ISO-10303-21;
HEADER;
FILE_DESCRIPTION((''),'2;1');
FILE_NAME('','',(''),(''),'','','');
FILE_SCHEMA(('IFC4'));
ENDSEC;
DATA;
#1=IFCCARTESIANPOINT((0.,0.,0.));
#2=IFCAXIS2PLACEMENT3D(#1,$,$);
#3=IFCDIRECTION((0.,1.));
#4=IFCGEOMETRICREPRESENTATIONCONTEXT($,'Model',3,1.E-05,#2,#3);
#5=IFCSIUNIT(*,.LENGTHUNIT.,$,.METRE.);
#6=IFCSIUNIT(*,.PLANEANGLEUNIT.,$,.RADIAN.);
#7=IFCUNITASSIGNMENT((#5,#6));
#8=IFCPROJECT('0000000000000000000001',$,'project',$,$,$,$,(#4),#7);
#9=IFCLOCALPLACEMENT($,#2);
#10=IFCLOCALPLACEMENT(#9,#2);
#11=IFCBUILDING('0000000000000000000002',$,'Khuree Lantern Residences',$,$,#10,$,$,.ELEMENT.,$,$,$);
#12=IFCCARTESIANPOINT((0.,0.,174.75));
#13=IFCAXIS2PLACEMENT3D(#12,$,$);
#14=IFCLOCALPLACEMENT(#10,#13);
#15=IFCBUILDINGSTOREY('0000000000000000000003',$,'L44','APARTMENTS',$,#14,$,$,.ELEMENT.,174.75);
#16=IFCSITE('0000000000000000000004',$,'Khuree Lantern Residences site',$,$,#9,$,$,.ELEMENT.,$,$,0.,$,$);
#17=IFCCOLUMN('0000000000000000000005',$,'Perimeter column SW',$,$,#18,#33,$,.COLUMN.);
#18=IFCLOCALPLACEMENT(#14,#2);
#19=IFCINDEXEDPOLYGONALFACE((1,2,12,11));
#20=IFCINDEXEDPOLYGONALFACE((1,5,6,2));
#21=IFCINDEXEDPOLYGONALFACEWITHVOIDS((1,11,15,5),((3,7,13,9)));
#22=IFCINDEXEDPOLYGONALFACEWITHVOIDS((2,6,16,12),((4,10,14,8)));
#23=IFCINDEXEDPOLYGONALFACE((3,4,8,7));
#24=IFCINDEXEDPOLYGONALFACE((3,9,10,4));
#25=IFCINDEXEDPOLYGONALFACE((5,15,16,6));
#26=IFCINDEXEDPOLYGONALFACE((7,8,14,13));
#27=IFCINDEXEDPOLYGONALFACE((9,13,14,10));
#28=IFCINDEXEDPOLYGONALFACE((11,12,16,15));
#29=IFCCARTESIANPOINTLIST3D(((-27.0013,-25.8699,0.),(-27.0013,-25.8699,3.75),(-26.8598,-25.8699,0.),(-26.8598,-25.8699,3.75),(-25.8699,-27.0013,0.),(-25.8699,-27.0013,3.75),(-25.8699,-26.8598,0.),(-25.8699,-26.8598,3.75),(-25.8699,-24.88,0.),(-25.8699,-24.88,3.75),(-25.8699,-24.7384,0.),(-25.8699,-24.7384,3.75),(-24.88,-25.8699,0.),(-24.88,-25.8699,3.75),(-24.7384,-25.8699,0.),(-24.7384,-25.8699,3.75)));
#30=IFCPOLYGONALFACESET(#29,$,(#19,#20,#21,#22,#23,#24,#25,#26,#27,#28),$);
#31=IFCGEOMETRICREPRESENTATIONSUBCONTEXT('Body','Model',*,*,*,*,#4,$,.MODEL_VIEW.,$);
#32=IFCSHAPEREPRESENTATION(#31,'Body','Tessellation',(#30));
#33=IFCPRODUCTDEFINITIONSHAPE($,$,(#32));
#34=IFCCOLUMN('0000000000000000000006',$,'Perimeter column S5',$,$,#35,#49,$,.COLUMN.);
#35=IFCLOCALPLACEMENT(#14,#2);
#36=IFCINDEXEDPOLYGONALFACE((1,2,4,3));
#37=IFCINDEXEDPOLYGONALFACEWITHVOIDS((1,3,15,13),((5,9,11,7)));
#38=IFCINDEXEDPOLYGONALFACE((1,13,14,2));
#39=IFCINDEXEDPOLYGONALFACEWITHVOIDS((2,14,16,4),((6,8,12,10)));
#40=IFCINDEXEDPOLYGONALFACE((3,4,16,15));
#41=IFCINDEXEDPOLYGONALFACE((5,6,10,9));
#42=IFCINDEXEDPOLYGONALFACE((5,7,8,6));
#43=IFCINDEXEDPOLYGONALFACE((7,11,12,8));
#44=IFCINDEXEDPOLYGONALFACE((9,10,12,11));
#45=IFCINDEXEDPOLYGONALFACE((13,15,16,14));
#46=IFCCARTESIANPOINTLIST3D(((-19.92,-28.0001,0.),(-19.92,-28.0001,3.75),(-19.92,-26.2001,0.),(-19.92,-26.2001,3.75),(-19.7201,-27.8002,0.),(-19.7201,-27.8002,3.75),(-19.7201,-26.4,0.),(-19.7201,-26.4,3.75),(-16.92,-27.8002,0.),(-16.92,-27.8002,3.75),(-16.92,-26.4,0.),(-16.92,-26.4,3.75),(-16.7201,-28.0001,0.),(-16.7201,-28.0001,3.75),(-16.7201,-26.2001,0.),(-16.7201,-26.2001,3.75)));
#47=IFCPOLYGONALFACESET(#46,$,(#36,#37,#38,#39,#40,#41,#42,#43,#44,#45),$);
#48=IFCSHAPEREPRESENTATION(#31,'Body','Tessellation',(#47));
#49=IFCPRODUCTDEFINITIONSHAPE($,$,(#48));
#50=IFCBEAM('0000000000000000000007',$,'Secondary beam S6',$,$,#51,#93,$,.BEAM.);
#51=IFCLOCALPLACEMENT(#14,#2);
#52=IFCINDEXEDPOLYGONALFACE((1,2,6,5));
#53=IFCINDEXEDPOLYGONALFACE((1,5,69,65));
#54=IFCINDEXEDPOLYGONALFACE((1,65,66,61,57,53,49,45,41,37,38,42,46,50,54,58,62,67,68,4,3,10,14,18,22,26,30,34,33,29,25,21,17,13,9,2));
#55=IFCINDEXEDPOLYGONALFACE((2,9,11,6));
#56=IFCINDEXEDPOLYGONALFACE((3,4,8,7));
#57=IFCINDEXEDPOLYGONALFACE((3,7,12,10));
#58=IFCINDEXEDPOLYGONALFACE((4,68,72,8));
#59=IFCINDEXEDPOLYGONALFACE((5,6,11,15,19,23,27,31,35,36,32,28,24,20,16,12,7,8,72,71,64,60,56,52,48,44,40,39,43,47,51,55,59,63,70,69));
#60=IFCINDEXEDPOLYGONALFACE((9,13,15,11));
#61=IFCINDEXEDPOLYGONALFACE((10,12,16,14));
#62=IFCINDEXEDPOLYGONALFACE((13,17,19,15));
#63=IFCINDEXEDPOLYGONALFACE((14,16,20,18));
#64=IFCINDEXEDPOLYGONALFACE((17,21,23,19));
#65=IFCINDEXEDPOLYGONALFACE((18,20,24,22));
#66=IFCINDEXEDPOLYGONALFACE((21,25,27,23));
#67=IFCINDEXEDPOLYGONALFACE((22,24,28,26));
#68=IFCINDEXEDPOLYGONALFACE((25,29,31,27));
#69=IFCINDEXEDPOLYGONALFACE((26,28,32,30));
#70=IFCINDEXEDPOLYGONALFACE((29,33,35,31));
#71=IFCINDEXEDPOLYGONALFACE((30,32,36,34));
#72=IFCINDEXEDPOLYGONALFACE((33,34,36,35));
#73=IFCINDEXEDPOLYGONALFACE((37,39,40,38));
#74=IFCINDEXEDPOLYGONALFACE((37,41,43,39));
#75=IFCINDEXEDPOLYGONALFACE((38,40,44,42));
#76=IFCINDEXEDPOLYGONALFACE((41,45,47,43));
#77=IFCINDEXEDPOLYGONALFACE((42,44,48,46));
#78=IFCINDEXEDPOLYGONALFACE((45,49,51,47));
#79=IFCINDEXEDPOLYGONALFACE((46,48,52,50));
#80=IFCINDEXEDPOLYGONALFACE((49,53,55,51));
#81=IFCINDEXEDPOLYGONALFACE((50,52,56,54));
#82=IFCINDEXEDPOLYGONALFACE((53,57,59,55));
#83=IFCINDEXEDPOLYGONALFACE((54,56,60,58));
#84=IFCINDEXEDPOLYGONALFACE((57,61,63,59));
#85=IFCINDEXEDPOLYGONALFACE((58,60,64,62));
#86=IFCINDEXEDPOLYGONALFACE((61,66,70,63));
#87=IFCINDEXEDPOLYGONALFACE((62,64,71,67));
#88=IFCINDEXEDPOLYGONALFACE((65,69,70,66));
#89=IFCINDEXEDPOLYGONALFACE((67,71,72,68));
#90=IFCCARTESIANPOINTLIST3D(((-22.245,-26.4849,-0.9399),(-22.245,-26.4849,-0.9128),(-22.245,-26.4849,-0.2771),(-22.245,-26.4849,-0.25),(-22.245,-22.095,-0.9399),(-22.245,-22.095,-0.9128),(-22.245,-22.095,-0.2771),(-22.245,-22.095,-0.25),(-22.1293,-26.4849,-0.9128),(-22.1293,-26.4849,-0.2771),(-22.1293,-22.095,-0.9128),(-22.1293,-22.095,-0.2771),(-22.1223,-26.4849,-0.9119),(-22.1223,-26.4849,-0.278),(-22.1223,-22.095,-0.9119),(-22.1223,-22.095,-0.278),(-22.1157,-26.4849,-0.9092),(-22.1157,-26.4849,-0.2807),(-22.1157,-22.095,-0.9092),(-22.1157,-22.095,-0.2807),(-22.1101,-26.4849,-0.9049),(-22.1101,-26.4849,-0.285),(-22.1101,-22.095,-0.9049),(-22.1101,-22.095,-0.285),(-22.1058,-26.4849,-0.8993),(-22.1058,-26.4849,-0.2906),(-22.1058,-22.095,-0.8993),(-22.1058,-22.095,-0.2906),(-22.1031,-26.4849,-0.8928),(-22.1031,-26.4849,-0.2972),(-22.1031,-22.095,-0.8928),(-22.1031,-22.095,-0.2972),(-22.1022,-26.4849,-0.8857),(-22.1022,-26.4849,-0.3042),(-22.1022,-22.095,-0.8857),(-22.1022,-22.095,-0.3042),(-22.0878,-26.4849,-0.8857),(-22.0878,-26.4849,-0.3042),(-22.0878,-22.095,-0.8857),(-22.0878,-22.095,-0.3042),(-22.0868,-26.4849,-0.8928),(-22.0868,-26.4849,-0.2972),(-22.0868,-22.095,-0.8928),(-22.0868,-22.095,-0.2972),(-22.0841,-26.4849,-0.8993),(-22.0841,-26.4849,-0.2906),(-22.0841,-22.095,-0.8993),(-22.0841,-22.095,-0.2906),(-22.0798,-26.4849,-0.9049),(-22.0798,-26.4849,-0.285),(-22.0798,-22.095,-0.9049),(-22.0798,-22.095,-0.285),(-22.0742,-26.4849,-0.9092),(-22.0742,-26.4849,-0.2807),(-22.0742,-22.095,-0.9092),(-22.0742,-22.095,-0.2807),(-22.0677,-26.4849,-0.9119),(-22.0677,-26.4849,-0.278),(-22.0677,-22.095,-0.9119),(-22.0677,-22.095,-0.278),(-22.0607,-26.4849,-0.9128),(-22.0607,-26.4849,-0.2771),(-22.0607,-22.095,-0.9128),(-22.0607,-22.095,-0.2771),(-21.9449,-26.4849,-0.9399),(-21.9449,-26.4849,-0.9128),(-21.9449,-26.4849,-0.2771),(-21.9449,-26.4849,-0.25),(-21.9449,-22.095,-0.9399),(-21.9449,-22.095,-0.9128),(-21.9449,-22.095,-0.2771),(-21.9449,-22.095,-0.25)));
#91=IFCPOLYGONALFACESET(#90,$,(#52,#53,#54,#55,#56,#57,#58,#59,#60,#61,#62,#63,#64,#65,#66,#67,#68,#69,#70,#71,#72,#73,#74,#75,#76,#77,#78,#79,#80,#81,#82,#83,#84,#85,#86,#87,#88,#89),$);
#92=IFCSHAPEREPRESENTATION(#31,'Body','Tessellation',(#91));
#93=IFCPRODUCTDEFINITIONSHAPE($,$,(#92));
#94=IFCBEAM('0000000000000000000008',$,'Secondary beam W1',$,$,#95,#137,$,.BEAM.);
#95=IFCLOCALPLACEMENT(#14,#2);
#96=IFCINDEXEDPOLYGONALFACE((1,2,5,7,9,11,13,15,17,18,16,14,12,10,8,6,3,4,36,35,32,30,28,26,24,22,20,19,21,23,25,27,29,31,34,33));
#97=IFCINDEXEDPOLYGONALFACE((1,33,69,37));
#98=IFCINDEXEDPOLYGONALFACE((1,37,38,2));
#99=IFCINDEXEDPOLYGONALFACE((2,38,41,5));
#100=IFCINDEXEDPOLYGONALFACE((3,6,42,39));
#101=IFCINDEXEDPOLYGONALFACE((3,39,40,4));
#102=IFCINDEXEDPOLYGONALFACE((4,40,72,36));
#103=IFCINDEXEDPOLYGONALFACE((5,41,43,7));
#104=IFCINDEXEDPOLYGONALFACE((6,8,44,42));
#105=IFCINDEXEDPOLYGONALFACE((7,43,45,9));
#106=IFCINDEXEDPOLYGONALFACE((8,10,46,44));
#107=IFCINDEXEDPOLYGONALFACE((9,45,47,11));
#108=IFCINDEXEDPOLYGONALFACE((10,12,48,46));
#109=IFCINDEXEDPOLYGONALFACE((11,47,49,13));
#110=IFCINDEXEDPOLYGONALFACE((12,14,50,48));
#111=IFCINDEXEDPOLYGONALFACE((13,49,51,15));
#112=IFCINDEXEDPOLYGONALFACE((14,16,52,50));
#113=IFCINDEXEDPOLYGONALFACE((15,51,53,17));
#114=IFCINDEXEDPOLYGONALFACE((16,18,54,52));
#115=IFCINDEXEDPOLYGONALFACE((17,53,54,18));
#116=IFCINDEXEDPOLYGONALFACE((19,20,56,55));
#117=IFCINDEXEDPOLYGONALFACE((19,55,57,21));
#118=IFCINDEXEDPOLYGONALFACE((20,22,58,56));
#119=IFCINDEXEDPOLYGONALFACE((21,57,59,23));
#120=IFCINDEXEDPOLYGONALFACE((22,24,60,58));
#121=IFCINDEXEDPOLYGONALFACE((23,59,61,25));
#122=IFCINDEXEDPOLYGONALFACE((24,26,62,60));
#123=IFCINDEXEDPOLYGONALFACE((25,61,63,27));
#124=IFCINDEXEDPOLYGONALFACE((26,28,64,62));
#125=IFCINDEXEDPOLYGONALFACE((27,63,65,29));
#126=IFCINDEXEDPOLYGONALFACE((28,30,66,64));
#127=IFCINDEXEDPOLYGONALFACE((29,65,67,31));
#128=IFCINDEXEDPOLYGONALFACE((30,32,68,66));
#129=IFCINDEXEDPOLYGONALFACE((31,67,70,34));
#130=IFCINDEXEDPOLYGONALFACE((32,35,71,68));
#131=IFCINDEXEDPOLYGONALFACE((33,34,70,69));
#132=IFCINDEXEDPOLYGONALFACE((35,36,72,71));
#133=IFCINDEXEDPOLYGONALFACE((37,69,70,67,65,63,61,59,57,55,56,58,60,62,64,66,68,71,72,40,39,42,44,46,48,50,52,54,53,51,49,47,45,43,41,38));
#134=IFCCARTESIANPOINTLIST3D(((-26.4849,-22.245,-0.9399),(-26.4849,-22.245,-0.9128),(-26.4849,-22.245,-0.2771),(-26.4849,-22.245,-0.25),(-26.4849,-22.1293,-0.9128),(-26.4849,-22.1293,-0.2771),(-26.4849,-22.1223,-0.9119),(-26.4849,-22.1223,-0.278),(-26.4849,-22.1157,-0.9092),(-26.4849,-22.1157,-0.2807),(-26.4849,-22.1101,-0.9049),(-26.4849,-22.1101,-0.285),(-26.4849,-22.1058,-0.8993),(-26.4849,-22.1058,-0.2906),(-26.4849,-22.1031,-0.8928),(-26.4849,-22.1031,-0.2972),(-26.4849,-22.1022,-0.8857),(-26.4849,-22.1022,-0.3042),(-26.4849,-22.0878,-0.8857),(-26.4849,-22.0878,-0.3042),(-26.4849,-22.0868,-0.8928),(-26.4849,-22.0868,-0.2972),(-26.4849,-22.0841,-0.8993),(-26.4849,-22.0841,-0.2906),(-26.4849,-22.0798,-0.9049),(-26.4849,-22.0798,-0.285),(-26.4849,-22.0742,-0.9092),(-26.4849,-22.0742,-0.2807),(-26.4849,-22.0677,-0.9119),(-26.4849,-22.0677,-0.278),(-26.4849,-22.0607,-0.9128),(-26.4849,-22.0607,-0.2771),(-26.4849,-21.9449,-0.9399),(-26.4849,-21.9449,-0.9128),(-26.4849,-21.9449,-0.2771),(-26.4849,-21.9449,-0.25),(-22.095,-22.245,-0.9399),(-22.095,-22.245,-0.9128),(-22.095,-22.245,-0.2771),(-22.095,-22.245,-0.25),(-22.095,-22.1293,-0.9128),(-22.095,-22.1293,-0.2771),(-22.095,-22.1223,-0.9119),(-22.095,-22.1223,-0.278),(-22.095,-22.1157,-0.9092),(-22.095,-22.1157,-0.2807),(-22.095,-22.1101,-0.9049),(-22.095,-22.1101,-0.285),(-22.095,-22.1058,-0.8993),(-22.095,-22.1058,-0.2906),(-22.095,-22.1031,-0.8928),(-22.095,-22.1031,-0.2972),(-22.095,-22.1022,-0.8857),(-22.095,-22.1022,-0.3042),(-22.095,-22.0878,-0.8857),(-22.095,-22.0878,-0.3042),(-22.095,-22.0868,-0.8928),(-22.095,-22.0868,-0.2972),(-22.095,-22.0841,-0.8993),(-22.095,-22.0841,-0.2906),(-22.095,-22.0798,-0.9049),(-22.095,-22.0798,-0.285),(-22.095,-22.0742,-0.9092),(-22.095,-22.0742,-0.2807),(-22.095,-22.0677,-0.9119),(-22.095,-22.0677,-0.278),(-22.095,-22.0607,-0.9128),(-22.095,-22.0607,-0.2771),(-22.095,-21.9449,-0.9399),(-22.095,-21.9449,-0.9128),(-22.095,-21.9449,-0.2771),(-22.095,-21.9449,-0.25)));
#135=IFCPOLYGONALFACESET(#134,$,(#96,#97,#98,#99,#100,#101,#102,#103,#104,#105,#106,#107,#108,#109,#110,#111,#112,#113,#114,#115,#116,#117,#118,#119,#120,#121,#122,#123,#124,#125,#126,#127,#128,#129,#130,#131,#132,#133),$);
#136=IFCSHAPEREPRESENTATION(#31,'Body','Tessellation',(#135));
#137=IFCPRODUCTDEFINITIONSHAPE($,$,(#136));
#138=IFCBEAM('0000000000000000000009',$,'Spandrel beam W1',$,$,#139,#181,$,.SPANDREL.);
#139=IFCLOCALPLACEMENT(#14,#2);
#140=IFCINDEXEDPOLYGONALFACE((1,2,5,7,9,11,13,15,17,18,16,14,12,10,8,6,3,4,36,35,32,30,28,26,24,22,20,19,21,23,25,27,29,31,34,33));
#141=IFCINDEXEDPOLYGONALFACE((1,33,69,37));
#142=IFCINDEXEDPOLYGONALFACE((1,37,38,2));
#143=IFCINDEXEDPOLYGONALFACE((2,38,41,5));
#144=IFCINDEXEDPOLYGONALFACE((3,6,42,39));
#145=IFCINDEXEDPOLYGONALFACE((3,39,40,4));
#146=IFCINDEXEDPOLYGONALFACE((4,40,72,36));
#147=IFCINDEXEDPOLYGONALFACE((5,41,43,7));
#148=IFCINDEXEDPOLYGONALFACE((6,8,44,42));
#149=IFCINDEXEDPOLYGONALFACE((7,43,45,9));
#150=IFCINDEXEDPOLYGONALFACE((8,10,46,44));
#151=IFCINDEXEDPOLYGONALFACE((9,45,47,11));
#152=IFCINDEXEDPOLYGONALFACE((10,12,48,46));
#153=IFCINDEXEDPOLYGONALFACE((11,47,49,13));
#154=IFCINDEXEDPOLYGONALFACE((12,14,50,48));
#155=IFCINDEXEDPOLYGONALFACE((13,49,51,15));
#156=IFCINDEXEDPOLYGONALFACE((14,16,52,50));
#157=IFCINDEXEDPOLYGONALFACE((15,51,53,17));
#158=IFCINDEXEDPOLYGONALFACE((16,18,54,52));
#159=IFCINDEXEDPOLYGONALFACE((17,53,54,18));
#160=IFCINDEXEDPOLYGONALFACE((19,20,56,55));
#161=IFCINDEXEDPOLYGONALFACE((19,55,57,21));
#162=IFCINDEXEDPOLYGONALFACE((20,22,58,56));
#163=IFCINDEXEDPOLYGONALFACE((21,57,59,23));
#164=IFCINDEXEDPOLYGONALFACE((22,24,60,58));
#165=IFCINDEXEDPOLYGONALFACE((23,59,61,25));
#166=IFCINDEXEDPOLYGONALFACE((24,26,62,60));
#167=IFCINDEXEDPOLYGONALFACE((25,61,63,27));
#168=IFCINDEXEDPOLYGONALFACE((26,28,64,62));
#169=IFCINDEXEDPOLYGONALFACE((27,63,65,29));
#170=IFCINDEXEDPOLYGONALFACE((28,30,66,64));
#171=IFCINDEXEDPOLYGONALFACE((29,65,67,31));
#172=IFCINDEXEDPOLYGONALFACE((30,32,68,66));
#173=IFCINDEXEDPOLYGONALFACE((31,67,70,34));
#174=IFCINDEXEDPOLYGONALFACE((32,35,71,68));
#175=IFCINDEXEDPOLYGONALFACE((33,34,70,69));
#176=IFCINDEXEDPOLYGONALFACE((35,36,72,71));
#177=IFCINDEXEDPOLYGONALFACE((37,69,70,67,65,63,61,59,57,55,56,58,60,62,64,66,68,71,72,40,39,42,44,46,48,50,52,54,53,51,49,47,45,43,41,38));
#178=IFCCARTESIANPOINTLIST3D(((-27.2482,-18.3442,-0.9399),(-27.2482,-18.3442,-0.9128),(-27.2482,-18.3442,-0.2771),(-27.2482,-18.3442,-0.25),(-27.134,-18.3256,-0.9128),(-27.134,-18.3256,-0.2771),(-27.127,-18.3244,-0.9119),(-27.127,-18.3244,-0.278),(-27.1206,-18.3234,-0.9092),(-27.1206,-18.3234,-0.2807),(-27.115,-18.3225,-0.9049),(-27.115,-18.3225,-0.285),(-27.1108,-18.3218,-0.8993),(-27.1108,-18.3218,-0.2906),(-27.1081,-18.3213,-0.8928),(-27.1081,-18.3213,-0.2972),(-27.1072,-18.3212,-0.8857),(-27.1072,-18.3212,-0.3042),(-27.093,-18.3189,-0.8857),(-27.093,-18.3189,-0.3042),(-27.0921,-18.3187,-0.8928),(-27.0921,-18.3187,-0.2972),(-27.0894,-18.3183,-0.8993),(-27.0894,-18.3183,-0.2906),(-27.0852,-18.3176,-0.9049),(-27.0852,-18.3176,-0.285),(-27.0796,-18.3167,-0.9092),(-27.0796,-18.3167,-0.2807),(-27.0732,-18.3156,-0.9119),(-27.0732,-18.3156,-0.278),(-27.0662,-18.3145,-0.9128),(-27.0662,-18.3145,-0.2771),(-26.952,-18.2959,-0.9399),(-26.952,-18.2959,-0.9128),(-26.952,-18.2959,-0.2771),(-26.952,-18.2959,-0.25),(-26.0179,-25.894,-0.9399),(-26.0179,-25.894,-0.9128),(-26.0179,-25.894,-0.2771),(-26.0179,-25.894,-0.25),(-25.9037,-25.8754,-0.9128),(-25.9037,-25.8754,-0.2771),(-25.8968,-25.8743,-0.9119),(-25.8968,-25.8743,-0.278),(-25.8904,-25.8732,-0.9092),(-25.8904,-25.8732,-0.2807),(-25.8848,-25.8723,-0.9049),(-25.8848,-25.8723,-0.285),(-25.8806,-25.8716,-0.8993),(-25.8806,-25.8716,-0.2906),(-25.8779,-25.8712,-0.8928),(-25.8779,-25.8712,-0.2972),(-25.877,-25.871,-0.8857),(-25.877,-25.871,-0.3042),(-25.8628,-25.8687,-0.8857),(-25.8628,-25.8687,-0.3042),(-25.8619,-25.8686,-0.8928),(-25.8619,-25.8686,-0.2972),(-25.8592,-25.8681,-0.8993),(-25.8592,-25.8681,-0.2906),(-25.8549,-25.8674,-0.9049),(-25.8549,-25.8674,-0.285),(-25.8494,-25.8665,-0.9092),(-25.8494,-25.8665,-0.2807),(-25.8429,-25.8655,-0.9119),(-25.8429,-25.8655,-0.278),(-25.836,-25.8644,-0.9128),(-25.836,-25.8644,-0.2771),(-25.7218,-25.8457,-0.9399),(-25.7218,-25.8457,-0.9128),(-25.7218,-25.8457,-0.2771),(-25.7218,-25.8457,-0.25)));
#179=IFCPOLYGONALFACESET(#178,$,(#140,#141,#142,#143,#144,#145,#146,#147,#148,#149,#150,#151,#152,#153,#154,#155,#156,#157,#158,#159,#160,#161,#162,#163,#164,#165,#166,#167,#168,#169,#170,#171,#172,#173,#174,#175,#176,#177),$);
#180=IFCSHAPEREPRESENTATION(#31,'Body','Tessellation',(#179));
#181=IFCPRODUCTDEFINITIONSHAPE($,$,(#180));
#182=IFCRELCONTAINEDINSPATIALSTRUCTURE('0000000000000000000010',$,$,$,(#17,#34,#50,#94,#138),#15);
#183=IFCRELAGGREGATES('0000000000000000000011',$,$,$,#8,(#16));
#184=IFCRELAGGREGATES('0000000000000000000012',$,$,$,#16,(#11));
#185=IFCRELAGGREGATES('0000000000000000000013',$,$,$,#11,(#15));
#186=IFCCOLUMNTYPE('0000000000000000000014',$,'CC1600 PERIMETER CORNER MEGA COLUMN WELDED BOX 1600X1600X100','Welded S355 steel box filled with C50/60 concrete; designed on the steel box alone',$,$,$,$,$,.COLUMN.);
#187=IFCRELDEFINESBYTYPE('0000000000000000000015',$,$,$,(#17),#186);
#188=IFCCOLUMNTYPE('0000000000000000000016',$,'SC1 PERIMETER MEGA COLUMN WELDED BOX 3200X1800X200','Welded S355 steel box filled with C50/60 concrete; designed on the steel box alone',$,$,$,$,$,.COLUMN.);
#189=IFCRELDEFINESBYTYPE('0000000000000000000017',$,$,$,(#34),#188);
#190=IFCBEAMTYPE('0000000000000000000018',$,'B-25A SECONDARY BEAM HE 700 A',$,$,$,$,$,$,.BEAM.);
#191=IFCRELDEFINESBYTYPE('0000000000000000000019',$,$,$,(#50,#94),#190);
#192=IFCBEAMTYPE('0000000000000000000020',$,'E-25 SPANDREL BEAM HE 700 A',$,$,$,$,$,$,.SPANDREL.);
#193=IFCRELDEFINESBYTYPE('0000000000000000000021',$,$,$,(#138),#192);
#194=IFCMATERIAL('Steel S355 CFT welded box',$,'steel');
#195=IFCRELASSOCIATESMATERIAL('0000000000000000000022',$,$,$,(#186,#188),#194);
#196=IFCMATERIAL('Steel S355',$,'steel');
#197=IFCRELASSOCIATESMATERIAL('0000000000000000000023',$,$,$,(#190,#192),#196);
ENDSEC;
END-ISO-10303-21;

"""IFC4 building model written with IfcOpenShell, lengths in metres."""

from ifc_helpers import new_model, si_unit, direction, frame, origin, origin_2d, place, context, subcontext, project, spatial, hollow_rectangle, i_section, extrude, material, material_profile, profile_set, type_object, element, save


model = new_model("IFC4")

# Units and contexts
model_context = context("Model", 3, precision=1e-05, world=origin(), true_north=direction((0.0, 1.0)))
body_context = subcontext(model_context, "Body", "Model", "MODEL_VIEW")
ifc_project = project(units=[si_unit("LENGTHUNIT", "METRE"), si_unit("PLANEANGLEUNIT", "RADIAN")], contexts=[model_context])

# Site, building, storey
site_placement = place(None, origin())
site = spatial("IfcSite", under=ifc_project, at=site_placement, Name="Khuree Lantern Residences site", CompositionType="ELEMENT", RefElevation=0.0)
building_placement = place(site_placement, origin())
building = spatial("IfcBuilding", under=site, at=building_placement, Name="Khuree Lantern Residences", CompositionType="ELEMENT")
storey_placement = place(building_placement, frame((0.0, 0.0, 174.75)))
storey = spatial("IfcBuildingStorey", under=building, at=storey_placement, Name="L44", Description="APARTMENTS", CompositionType="ELEMENT", Elevation=174.75)

# Columns
ifc_material_1 = material(Name="Steel S355 CFT welded box", Category="steel")
ifc_material_profile_1 = material_profile(ifc_material_1, hollow_rectangle(XDim=1.6001, YDim=1.6001, WallThickness=0.1001, at=origin_2d()), Name="WELDED BOX 1600X1600X100")
ifc_profile_set_1 = profile_set([ifc_material_profile_1], Name="Steel S355 CFT welded box")
column_type_1 = type_object("IfcColumnType", Name="CC1600 PERIMETER CORNER MEGA COLUMN WELDED BOX 1600X1600X100", Description="Welded S355 steel box filled with C50/60 concrete; designed on the steel box alone", PredefinedType="COLUMN", material=ifc_profile_set_1)
column_1_placement = place(storey_placement, frame((-25.8699, -25.8699, 0.0), z_axis=(0.0, 0.0, 1.0), x_axis=(0.707107, -0.707107, 0.0)))
element("IfcColumn", 1, at=column_1_placement, inside=storey, type_object=column_type_1, Name="Perimeter column SW", PredefinedType="COLUMN", context=body_context, shape_type="SweptSolid", body=[
    extrude(hollow_rectangle(XDim=1.6001, YDim=1.6001, WallThickness=0.1001, at=origin_2d()), origin(), (0.0, 0.0, 1.0), 3.75),
])
ifc_material_profile_2 = material_profile(ifc_material_1, hollow_rectangle(XDim=3.2, YDim=1.8, WallThickness=0.2, at=origin_2d()), Name="WELDED BOX 3200X1800X200")
ifc_profile_set_2 = profile_set([ifc_material_profile_2], Name="Steel S355 CFT welded box")
column_type_2 = type_object("IfcColumnType", Name="SC1 PERIMETER MEGA COLUMN WELDED BOX 3200X1800X200", Description="Welded S355 steel box filled with C50/60 concrete; designed on the steel box alone", PredefinedType="COLUMN", material=ifc_profile_set_2)
column_2_placement = place(storey_placement, frame((-18.3201, -27.1001, 0.0), z_axis=(0.0, 0.0, 1.0), x_axis=(1.0, 0.0, 0.0)))
element("IfcColumn", 2, at=column_2_placement, inside=storey, type_object=column_type_2, Name="Perimeter column S5", PredefinedType="COLUMN", context=body_context, shape_type="SweptSolid", body=[
    extrude(hollow_rectangle(XDim=3.2, YDim=1.8, WallThickness=0.2, at=origin_2d()), origin(), (0.0, 0.0, 1.0), 3.75),
])

# Beams
ifc_material_2 = material(Name="Steel S355", Category="steel")
ifc_material_profile_3 = material_profile(ifc_material_2, i_section(OverallWidth=0.3, OverallDepth=0.6899, WebThickness=0.0144, FlangeThickness=0.0271, FilletRadius=0.0271, at=origin_2d()), Name="HE 700 A")
ifc_profile_set_3 = profile_set([ifc_material_profile_3], Name="Steel S355")
beam_type_1 = type_object("IfcBeamType", Name="B-25A SECONDARY BEAM HE 700 A", PredefinedType="BEAM", material=ifc_profile_set_3)
for number, where, z_axis, x_axis, name in (
    (3, (-22.095, -26.4849, -0.595), (0.0, 1.0, 0.0), (-1.0, 0.0, 0.0), "Secondary beam S6"),
    (4, (-26.4849, -22.095, -0.595), (1.0, 0.0, 0.0), (0.0, 1.0, 0.0), "Secondary beam W1"),
):
    element("IfcBeam", number, at=place(storey_placement, frame(where, z_axis=z_axis, x_axis=x_axis)), inside=storey, type_object=beam_type_1, Name=name, PredefinedType="BEAM", context=body_context, shape_type="SweptSolid", body=[
        extrude(i_section(OverallWidth=0.3, OverallDepth=0.6899, WebThickness=0.0144, FlangeThickness=0.0271, FilletRadius=0.0271, at=origin_2d()), origin(), (0.0, 0.0, 1.0), 4.3899),
    ])
ifc_material_profile_4 = material_profile(ifc_material_2, i_section(OverallWidth=0.3, OverallDepth=0.6899, WebThickness=0.0144, FlangeThickness=0.0271, FilletRadius=0.0271, at=origin_2d()), Name="HE 700 A")
ifc_profile_set_4 = profile_set([ifc_material_profile_4], Name="Steel S355")
beam_type_2 = type_object("IfcBeamType", Name="E-25 SPANDREL BEAM HE 700 A", PredefinedType="SPANDREL", material=ifc_profile_set_4)
beam_1_placement = place(storey_placement, frame((-25.8699, -25.8699, -0.595), z_axis=(-0.160827, 0.986983, 0.0), x_axis=(-0.986983, -0.160827, 0.0)))
element("IfcBeam", 5, at=beam_1_placement, inside=storey, type_object=beam_type_2, Name="Spandrel beam W1", PredefinedType="SPANDREL", context=body_context, shape_type="SweptSolid", body=[
    extrude(i_section(OverallWidth=0.3, OverallDepth=0.6899, WebThickness=0.0144, FlangeThickness=0.0271, FilletRadius=0.0271, at=origin_2d()), origin(), (0.0, 0.0, 1.0), 7.6494),
])

save(model, "model.ifc")
